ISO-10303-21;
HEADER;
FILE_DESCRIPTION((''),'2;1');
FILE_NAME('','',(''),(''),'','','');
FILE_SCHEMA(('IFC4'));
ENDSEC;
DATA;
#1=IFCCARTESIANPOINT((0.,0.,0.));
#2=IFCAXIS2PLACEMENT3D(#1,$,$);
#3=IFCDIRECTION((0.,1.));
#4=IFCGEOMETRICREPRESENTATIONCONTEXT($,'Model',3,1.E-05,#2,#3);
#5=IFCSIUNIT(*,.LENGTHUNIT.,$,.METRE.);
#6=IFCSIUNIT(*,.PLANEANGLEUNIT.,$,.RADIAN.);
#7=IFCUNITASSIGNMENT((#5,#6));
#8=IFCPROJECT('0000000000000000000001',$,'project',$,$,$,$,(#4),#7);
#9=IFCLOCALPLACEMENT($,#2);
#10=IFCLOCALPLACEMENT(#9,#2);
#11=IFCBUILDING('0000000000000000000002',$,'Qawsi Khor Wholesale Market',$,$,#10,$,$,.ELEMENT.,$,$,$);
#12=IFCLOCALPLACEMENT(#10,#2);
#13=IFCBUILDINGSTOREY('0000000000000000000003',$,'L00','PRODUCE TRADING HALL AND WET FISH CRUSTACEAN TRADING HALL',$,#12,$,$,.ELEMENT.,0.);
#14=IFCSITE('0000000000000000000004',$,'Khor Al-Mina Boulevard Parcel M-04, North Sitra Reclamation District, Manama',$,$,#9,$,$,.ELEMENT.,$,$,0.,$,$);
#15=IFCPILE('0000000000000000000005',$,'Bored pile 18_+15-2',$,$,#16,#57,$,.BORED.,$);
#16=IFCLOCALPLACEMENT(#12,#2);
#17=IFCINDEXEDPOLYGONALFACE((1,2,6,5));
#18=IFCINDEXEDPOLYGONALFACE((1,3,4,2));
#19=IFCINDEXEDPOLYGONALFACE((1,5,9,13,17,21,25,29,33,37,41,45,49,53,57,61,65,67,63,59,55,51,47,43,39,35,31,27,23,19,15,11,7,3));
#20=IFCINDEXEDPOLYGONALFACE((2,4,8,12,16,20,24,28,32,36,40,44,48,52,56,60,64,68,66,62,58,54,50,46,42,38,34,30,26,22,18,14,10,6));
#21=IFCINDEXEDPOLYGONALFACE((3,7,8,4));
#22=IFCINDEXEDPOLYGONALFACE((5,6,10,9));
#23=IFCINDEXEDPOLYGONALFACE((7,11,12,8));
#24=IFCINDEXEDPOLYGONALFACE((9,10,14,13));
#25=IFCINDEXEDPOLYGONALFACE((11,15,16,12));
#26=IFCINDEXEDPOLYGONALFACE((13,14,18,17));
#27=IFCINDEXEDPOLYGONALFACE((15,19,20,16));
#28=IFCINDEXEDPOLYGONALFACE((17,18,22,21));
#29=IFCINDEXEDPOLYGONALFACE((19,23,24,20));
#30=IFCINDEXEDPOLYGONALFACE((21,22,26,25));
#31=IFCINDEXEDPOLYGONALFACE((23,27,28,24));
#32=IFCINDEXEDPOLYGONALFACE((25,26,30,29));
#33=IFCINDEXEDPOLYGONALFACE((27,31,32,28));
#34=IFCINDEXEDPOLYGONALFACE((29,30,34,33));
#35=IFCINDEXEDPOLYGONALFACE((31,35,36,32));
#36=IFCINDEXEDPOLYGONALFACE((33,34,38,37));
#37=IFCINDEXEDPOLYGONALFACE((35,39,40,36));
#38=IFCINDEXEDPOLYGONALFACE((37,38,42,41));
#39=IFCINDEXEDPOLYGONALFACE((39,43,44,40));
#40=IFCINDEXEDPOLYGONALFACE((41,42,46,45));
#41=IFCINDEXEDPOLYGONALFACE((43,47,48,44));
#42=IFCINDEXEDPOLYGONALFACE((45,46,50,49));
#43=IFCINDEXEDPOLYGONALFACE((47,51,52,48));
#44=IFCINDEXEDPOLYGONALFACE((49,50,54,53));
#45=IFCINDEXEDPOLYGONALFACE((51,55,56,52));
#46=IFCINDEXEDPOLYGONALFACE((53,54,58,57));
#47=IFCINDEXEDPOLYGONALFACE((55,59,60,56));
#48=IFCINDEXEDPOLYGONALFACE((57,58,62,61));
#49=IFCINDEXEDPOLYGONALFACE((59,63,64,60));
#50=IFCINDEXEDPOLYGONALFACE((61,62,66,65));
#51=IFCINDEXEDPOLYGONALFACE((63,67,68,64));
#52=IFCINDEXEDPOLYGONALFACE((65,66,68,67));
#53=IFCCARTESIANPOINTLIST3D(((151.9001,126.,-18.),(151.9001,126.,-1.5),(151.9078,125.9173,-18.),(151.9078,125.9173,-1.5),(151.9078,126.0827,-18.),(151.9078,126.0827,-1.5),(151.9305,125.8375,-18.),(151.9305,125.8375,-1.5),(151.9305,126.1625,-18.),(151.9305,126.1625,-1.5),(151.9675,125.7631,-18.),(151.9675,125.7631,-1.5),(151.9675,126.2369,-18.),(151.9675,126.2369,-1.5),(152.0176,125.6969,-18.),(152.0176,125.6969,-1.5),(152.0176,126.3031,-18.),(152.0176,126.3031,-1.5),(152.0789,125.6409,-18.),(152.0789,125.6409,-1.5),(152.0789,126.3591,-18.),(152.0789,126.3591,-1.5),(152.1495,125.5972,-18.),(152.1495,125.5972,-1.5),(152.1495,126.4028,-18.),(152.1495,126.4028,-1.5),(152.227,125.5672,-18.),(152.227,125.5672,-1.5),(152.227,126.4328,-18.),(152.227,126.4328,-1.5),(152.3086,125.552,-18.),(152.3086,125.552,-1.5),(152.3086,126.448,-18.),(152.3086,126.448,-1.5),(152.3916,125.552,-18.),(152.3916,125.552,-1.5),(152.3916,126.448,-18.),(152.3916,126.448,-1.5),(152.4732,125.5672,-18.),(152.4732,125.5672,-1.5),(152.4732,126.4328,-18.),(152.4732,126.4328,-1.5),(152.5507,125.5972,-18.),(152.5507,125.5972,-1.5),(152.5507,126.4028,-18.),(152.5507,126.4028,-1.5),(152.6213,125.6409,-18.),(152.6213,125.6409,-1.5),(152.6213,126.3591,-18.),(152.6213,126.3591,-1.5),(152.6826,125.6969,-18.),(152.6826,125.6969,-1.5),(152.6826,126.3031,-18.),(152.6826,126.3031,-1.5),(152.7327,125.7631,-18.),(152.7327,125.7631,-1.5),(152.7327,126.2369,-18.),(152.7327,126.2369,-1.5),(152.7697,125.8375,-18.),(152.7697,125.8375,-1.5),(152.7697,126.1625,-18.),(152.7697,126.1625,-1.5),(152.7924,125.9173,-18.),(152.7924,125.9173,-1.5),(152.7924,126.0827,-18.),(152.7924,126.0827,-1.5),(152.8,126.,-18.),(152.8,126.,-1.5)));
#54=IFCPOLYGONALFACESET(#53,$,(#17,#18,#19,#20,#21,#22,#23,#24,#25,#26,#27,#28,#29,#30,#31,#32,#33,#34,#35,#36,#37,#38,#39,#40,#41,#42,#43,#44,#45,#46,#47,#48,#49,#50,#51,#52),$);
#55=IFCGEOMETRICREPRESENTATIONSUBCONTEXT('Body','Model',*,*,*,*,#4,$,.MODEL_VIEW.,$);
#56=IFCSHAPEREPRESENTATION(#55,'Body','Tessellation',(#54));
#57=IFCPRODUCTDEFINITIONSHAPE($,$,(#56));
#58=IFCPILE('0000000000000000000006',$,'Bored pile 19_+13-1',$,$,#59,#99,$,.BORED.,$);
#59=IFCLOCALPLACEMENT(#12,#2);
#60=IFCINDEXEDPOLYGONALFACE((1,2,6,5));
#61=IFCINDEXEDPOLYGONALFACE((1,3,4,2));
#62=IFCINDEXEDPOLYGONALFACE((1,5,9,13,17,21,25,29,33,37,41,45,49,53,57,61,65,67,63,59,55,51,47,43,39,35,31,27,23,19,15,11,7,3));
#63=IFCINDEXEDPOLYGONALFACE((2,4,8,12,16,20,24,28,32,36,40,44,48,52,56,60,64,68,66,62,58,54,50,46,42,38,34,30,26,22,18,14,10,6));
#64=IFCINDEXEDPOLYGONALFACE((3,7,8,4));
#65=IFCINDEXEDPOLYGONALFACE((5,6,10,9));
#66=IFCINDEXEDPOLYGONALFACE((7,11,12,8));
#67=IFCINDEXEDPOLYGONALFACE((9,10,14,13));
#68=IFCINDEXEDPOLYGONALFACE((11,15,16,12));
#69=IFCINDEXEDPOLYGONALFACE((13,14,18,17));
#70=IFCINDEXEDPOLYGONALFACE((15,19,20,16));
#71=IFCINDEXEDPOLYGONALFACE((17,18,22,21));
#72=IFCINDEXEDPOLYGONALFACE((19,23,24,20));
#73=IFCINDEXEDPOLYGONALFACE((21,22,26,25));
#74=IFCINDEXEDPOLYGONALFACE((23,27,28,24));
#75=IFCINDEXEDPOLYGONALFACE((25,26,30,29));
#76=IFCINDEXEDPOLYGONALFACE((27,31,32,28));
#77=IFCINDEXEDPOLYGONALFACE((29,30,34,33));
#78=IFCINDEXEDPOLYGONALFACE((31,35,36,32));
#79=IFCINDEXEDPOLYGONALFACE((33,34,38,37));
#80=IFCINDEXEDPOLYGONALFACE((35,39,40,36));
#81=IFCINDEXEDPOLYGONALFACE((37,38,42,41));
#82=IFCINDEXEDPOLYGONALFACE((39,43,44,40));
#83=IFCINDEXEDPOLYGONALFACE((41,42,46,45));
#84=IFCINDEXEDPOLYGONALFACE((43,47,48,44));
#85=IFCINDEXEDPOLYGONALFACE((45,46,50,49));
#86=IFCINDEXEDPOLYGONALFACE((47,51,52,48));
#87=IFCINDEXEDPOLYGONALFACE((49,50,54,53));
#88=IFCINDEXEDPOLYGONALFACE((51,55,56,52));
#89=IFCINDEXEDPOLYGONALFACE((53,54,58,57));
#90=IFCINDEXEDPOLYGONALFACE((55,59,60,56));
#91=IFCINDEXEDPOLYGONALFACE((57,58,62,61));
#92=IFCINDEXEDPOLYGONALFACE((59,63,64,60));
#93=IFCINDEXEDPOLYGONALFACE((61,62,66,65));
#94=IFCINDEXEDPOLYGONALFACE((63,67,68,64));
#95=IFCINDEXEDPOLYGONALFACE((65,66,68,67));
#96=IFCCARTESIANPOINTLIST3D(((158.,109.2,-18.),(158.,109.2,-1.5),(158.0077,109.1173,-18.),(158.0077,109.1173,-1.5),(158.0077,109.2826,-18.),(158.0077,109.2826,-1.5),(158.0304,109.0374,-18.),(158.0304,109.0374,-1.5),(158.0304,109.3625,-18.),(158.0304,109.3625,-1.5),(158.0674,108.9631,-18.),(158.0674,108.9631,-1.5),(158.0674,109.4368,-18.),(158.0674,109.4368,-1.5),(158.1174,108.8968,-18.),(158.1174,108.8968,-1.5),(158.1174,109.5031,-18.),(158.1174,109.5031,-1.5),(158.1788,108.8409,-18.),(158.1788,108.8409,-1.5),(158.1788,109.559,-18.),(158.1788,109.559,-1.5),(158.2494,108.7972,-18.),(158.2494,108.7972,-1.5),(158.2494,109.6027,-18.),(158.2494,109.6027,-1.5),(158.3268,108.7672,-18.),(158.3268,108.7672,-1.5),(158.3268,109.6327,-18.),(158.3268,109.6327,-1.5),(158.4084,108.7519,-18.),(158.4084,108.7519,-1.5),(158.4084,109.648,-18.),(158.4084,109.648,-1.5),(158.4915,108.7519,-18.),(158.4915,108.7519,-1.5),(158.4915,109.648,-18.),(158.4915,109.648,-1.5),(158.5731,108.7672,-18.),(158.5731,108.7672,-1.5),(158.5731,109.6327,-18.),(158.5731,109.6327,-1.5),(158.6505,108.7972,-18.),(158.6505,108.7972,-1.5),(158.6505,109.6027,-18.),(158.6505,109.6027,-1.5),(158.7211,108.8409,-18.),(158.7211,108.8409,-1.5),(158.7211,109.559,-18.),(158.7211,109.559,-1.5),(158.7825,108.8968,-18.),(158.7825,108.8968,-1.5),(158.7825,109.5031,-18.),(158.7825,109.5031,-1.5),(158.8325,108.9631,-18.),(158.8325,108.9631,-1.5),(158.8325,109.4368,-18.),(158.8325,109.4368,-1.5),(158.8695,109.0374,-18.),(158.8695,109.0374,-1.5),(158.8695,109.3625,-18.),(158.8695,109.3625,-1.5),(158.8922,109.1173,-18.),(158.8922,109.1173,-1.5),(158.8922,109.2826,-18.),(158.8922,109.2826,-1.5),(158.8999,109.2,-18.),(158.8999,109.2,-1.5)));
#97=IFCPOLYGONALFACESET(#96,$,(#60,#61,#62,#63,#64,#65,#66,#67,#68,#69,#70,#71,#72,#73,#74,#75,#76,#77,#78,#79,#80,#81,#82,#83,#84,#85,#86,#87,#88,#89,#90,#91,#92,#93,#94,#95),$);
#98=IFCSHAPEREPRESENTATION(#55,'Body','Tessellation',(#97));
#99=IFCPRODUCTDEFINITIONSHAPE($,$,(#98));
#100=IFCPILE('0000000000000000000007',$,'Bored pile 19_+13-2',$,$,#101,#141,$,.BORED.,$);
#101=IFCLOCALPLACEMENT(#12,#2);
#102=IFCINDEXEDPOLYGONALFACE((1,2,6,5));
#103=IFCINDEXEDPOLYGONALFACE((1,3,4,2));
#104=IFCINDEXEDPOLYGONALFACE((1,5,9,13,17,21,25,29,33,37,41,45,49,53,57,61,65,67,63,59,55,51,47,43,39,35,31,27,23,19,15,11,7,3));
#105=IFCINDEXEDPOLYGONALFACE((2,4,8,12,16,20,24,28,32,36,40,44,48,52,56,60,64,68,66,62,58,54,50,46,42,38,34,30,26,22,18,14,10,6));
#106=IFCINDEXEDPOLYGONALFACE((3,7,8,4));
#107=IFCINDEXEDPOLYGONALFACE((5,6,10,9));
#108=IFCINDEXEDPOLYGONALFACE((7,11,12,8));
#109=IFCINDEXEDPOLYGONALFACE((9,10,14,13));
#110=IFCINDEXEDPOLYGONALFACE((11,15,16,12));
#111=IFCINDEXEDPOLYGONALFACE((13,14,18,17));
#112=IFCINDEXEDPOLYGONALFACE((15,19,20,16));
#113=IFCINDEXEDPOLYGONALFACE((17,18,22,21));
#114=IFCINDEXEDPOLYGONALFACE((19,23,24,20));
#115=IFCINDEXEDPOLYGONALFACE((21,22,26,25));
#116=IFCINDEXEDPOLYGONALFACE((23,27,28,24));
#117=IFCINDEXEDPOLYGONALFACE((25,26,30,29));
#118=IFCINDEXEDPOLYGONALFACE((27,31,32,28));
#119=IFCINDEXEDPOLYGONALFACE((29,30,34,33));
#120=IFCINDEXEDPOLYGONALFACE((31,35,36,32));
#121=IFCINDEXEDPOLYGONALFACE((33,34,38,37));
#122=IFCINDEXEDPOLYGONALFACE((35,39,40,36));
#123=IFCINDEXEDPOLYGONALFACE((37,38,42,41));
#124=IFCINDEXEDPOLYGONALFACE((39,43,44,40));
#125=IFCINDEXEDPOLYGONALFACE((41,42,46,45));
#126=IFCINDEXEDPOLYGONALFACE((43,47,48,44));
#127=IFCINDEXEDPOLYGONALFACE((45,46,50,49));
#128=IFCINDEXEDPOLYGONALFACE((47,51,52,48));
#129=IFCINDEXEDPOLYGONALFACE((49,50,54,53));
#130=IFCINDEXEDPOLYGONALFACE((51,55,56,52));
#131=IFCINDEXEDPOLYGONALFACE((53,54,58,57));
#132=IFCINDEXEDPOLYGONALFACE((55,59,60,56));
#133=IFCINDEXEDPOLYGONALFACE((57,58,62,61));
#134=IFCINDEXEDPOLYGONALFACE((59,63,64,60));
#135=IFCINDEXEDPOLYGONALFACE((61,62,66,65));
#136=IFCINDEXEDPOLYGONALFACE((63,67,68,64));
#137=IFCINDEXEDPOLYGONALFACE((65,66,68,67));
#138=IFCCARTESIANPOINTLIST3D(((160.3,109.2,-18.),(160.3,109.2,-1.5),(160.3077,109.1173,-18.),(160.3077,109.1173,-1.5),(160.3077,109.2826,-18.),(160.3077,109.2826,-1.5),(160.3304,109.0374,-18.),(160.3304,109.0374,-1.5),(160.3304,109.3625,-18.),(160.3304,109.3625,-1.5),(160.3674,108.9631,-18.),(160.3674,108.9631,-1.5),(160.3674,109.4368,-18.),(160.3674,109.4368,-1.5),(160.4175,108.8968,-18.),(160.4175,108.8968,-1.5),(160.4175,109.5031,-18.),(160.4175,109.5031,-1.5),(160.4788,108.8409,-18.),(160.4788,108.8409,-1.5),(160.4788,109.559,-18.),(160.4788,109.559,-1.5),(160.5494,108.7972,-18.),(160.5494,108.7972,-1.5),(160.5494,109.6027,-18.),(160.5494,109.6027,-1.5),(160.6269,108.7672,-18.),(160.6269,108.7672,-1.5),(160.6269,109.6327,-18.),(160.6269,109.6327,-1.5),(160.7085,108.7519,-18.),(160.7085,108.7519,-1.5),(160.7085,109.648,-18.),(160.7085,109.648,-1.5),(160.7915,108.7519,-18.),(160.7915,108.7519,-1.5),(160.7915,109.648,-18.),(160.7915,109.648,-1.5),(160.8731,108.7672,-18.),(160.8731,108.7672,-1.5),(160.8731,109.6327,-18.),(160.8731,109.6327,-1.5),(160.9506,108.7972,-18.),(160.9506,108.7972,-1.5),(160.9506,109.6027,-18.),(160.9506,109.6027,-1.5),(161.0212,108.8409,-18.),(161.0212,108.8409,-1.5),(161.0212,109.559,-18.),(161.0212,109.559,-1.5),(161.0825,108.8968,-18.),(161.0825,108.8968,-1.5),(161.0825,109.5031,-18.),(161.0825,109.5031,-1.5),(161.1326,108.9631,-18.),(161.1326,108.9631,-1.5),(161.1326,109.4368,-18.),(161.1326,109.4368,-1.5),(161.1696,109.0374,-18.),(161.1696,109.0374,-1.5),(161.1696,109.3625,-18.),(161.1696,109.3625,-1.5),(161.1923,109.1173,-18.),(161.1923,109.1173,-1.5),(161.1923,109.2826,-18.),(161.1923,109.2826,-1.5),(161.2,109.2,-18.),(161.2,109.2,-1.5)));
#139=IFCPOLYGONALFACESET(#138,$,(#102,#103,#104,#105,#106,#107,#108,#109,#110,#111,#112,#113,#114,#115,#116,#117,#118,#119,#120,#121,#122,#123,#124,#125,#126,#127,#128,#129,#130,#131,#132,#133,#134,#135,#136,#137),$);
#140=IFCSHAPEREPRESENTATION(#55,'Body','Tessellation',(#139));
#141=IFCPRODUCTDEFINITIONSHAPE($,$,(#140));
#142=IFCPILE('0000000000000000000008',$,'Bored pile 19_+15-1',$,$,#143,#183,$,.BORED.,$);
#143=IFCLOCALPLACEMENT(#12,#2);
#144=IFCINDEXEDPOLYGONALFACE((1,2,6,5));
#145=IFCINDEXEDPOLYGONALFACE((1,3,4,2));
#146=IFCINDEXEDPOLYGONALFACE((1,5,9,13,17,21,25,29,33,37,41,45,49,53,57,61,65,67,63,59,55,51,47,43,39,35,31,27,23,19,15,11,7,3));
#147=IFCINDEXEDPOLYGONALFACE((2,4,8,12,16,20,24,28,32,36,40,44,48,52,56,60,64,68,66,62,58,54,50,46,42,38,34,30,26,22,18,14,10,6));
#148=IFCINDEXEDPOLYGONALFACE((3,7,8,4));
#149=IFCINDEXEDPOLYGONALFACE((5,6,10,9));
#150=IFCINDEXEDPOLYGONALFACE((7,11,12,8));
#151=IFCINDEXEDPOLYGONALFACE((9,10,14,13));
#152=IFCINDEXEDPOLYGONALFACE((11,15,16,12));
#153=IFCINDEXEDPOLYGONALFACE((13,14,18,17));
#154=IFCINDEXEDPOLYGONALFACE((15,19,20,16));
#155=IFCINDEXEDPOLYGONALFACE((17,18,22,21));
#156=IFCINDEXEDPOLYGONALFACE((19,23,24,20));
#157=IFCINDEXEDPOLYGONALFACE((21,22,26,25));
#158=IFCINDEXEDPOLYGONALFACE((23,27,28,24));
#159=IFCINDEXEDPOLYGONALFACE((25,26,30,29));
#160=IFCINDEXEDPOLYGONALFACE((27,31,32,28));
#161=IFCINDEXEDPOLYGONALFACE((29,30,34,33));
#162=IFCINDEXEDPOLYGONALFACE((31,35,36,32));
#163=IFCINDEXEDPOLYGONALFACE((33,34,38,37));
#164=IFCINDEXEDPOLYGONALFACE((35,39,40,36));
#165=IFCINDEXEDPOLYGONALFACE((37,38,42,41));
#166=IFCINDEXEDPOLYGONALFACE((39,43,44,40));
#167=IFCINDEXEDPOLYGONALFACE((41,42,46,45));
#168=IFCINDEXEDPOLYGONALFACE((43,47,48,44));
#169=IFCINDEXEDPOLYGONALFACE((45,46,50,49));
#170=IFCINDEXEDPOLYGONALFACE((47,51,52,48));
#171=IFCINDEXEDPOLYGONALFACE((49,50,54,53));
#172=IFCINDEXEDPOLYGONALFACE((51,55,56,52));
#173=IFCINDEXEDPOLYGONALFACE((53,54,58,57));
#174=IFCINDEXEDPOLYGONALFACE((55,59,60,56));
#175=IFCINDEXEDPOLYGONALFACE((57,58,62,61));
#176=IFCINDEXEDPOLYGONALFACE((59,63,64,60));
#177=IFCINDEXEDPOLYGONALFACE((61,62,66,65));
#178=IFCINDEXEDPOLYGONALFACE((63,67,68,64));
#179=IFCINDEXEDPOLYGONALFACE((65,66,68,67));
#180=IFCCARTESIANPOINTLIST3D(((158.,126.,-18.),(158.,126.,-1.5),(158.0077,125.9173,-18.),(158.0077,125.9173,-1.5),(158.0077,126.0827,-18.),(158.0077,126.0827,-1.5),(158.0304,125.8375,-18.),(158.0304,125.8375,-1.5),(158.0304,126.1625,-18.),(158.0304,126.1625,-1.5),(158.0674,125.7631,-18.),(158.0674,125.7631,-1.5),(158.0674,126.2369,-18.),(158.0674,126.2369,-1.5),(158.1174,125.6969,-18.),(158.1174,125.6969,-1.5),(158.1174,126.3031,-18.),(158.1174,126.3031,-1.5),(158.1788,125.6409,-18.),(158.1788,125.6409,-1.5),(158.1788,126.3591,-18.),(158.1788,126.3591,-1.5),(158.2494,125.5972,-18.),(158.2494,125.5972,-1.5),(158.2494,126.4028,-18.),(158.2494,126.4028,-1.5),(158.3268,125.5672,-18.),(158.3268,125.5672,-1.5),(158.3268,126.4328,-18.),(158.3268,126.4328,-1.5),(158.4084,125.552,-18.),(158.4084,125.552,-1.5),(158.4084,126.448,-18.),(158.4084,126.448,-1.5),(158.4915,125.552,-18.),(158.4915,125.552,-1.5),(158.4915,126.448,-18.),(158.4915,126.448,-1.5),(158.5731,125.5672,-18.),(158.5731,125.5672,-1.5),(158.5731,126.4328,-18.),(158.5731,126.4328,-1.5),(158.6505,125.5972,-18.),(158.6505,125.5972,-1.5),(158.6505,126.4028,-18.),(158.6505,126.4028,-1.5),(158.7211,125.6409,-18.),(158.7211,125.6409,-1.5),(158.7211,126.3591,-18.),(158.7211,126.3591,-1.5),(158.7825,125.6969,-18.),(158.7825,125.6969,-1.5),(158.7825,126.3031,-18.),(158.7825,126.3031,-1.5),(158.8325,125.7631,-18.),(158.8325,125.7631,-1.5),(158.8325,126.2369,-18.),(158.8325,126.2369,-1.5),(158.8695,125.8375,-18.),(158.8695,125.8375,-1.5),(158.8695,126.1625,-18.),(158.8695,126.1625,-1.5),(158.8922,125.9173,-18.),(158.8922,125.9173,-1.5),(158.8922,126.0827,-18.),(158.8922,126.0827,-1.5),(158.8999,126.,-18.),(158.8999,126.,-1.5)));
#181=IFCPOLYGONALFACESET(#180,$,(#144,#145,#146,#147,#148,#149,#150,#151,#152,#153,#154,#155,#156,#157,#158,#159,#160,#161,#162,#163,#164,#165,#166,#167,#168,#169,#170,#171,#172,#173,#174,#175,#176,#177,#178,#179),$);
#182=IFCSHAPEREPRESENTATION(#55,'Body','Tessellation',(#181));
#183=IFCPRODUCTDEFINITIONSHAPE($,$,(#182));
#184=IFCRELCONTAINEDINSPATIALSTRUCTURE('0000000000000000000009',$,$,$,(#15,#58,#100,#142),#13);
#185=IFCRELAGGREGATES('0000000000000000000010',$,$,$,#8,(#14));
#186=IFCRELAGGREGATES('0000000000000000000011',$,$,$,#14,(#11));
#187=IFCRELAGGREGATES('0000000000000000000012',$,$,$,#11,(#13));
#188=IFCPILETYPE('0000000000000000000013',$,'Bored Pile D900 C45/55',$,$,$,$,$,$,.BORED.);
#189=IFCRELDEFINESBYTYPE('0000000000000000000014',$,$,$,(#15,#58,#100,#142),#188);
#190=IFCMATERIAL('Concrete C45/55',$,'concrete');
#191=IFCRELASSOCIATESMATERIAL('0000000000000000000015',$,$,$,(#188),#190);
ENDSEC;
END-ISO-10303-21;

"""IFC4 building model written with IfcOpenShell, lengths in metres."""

from ifc_helpers import new_model, si_unit, direction, frame, origin, origin_2d, place, context, subcontext, project, spatial, circle, extrude, material, material_profile, profile_set, type_object, element, save


model = new_model("IFC4")

# Units and contexts
model_context = context("Model", 3, precision=1e-05, world=origin(), true_north=direction((0.0, 1.0)))
body_context = subcontext(model_context, "Body", "Model", "MODEL_VIEW")
ifc_project = project(units=[si_unit("LENGTHUNIT", "METRE"), si_unit("PLANEANGLEUNIT", "RADIAN")], contexts=[model_context])

# Site, building, storey
site_placement = place(None, origin())
site = spatial("IfcSite", under=ifc_project, at=site_placement, Name="Khor Al-Mina Boulevard Parcel M-04, North Sitra Reclamation District, Manama", CompositionType="ELEMENT", RefElevation=0.0)
building_placement = place(site_placement, origin())
building = spatial("IfcBuilding", under=site, at=building_placement, Name="Qawsi Khor Wholesale Market", CompositionType="ELEMENT")
storey_placement = place(building_placement, origin())
storey = spatial("IfcBuildingStorey", under=building, at=storey_placement, Name="L00", Description="PRODUCE TRADING HALL AND WET FISH CRUSTACEAN TRADING HALL", CompositionType="ELEMENT", Elevation=0.0)

# Piles
ifc_material_1 = material(Name="Concrete C45/55", Category="concrete")
ifc_material_profile_1 = material_profile(ifc_material_1, circle(Radius=0.45, at=origin_2d()), Name="PILE D900")
ifc_profile_set_1 = profile_set([ifc_material_profile_1], Name="Concrete C45/55")
pile_type = type_object("IfcPileType", Name="Bored Pile D900 C45/55", PredefinedType="BORED", material=ifc_profile_set_1)
for number, where, z_axis, x_axis, name in (
    (1, (152.3501, 126.0, -1.5), (0.0, 0.0, -1.0), (1.0, 0.0, 0.0), "Bored pile 18_+15-2"),
    (2, (158.45, 109.2, -1.5), (0.0, 0.0, -1.0), (1.0, 0.0, 0.0), "Bored pile 19_+13-1"),
    (3, (160.75, 109.2, -1.5), (0.0, 0.0, -1.0), (1.0, 0.0, 0.0), "Bored pile 19_+13-2"),
    (4, (158.45, 126.0, -1.5), (0.0, 0.0, -1.0), (1.0, 0.0, 0.0), "Bored pile 19_+15-1"),
):
    element("IfcPile", number, at=place(storey_placement, frame(where, z_axis=z_axis, x_axis=x_axis)), inside=storey, type_object=pile_type, Name=name, PredefinedType="BORED", context=body_context, shape_type="SweptSolid", body=[
        extrude(circle(Radius=0.45, at=origin_2d()), origin(), (0.0, 0.0, 1.0), 16.5),
    ])

save(model, "model.ifc")
